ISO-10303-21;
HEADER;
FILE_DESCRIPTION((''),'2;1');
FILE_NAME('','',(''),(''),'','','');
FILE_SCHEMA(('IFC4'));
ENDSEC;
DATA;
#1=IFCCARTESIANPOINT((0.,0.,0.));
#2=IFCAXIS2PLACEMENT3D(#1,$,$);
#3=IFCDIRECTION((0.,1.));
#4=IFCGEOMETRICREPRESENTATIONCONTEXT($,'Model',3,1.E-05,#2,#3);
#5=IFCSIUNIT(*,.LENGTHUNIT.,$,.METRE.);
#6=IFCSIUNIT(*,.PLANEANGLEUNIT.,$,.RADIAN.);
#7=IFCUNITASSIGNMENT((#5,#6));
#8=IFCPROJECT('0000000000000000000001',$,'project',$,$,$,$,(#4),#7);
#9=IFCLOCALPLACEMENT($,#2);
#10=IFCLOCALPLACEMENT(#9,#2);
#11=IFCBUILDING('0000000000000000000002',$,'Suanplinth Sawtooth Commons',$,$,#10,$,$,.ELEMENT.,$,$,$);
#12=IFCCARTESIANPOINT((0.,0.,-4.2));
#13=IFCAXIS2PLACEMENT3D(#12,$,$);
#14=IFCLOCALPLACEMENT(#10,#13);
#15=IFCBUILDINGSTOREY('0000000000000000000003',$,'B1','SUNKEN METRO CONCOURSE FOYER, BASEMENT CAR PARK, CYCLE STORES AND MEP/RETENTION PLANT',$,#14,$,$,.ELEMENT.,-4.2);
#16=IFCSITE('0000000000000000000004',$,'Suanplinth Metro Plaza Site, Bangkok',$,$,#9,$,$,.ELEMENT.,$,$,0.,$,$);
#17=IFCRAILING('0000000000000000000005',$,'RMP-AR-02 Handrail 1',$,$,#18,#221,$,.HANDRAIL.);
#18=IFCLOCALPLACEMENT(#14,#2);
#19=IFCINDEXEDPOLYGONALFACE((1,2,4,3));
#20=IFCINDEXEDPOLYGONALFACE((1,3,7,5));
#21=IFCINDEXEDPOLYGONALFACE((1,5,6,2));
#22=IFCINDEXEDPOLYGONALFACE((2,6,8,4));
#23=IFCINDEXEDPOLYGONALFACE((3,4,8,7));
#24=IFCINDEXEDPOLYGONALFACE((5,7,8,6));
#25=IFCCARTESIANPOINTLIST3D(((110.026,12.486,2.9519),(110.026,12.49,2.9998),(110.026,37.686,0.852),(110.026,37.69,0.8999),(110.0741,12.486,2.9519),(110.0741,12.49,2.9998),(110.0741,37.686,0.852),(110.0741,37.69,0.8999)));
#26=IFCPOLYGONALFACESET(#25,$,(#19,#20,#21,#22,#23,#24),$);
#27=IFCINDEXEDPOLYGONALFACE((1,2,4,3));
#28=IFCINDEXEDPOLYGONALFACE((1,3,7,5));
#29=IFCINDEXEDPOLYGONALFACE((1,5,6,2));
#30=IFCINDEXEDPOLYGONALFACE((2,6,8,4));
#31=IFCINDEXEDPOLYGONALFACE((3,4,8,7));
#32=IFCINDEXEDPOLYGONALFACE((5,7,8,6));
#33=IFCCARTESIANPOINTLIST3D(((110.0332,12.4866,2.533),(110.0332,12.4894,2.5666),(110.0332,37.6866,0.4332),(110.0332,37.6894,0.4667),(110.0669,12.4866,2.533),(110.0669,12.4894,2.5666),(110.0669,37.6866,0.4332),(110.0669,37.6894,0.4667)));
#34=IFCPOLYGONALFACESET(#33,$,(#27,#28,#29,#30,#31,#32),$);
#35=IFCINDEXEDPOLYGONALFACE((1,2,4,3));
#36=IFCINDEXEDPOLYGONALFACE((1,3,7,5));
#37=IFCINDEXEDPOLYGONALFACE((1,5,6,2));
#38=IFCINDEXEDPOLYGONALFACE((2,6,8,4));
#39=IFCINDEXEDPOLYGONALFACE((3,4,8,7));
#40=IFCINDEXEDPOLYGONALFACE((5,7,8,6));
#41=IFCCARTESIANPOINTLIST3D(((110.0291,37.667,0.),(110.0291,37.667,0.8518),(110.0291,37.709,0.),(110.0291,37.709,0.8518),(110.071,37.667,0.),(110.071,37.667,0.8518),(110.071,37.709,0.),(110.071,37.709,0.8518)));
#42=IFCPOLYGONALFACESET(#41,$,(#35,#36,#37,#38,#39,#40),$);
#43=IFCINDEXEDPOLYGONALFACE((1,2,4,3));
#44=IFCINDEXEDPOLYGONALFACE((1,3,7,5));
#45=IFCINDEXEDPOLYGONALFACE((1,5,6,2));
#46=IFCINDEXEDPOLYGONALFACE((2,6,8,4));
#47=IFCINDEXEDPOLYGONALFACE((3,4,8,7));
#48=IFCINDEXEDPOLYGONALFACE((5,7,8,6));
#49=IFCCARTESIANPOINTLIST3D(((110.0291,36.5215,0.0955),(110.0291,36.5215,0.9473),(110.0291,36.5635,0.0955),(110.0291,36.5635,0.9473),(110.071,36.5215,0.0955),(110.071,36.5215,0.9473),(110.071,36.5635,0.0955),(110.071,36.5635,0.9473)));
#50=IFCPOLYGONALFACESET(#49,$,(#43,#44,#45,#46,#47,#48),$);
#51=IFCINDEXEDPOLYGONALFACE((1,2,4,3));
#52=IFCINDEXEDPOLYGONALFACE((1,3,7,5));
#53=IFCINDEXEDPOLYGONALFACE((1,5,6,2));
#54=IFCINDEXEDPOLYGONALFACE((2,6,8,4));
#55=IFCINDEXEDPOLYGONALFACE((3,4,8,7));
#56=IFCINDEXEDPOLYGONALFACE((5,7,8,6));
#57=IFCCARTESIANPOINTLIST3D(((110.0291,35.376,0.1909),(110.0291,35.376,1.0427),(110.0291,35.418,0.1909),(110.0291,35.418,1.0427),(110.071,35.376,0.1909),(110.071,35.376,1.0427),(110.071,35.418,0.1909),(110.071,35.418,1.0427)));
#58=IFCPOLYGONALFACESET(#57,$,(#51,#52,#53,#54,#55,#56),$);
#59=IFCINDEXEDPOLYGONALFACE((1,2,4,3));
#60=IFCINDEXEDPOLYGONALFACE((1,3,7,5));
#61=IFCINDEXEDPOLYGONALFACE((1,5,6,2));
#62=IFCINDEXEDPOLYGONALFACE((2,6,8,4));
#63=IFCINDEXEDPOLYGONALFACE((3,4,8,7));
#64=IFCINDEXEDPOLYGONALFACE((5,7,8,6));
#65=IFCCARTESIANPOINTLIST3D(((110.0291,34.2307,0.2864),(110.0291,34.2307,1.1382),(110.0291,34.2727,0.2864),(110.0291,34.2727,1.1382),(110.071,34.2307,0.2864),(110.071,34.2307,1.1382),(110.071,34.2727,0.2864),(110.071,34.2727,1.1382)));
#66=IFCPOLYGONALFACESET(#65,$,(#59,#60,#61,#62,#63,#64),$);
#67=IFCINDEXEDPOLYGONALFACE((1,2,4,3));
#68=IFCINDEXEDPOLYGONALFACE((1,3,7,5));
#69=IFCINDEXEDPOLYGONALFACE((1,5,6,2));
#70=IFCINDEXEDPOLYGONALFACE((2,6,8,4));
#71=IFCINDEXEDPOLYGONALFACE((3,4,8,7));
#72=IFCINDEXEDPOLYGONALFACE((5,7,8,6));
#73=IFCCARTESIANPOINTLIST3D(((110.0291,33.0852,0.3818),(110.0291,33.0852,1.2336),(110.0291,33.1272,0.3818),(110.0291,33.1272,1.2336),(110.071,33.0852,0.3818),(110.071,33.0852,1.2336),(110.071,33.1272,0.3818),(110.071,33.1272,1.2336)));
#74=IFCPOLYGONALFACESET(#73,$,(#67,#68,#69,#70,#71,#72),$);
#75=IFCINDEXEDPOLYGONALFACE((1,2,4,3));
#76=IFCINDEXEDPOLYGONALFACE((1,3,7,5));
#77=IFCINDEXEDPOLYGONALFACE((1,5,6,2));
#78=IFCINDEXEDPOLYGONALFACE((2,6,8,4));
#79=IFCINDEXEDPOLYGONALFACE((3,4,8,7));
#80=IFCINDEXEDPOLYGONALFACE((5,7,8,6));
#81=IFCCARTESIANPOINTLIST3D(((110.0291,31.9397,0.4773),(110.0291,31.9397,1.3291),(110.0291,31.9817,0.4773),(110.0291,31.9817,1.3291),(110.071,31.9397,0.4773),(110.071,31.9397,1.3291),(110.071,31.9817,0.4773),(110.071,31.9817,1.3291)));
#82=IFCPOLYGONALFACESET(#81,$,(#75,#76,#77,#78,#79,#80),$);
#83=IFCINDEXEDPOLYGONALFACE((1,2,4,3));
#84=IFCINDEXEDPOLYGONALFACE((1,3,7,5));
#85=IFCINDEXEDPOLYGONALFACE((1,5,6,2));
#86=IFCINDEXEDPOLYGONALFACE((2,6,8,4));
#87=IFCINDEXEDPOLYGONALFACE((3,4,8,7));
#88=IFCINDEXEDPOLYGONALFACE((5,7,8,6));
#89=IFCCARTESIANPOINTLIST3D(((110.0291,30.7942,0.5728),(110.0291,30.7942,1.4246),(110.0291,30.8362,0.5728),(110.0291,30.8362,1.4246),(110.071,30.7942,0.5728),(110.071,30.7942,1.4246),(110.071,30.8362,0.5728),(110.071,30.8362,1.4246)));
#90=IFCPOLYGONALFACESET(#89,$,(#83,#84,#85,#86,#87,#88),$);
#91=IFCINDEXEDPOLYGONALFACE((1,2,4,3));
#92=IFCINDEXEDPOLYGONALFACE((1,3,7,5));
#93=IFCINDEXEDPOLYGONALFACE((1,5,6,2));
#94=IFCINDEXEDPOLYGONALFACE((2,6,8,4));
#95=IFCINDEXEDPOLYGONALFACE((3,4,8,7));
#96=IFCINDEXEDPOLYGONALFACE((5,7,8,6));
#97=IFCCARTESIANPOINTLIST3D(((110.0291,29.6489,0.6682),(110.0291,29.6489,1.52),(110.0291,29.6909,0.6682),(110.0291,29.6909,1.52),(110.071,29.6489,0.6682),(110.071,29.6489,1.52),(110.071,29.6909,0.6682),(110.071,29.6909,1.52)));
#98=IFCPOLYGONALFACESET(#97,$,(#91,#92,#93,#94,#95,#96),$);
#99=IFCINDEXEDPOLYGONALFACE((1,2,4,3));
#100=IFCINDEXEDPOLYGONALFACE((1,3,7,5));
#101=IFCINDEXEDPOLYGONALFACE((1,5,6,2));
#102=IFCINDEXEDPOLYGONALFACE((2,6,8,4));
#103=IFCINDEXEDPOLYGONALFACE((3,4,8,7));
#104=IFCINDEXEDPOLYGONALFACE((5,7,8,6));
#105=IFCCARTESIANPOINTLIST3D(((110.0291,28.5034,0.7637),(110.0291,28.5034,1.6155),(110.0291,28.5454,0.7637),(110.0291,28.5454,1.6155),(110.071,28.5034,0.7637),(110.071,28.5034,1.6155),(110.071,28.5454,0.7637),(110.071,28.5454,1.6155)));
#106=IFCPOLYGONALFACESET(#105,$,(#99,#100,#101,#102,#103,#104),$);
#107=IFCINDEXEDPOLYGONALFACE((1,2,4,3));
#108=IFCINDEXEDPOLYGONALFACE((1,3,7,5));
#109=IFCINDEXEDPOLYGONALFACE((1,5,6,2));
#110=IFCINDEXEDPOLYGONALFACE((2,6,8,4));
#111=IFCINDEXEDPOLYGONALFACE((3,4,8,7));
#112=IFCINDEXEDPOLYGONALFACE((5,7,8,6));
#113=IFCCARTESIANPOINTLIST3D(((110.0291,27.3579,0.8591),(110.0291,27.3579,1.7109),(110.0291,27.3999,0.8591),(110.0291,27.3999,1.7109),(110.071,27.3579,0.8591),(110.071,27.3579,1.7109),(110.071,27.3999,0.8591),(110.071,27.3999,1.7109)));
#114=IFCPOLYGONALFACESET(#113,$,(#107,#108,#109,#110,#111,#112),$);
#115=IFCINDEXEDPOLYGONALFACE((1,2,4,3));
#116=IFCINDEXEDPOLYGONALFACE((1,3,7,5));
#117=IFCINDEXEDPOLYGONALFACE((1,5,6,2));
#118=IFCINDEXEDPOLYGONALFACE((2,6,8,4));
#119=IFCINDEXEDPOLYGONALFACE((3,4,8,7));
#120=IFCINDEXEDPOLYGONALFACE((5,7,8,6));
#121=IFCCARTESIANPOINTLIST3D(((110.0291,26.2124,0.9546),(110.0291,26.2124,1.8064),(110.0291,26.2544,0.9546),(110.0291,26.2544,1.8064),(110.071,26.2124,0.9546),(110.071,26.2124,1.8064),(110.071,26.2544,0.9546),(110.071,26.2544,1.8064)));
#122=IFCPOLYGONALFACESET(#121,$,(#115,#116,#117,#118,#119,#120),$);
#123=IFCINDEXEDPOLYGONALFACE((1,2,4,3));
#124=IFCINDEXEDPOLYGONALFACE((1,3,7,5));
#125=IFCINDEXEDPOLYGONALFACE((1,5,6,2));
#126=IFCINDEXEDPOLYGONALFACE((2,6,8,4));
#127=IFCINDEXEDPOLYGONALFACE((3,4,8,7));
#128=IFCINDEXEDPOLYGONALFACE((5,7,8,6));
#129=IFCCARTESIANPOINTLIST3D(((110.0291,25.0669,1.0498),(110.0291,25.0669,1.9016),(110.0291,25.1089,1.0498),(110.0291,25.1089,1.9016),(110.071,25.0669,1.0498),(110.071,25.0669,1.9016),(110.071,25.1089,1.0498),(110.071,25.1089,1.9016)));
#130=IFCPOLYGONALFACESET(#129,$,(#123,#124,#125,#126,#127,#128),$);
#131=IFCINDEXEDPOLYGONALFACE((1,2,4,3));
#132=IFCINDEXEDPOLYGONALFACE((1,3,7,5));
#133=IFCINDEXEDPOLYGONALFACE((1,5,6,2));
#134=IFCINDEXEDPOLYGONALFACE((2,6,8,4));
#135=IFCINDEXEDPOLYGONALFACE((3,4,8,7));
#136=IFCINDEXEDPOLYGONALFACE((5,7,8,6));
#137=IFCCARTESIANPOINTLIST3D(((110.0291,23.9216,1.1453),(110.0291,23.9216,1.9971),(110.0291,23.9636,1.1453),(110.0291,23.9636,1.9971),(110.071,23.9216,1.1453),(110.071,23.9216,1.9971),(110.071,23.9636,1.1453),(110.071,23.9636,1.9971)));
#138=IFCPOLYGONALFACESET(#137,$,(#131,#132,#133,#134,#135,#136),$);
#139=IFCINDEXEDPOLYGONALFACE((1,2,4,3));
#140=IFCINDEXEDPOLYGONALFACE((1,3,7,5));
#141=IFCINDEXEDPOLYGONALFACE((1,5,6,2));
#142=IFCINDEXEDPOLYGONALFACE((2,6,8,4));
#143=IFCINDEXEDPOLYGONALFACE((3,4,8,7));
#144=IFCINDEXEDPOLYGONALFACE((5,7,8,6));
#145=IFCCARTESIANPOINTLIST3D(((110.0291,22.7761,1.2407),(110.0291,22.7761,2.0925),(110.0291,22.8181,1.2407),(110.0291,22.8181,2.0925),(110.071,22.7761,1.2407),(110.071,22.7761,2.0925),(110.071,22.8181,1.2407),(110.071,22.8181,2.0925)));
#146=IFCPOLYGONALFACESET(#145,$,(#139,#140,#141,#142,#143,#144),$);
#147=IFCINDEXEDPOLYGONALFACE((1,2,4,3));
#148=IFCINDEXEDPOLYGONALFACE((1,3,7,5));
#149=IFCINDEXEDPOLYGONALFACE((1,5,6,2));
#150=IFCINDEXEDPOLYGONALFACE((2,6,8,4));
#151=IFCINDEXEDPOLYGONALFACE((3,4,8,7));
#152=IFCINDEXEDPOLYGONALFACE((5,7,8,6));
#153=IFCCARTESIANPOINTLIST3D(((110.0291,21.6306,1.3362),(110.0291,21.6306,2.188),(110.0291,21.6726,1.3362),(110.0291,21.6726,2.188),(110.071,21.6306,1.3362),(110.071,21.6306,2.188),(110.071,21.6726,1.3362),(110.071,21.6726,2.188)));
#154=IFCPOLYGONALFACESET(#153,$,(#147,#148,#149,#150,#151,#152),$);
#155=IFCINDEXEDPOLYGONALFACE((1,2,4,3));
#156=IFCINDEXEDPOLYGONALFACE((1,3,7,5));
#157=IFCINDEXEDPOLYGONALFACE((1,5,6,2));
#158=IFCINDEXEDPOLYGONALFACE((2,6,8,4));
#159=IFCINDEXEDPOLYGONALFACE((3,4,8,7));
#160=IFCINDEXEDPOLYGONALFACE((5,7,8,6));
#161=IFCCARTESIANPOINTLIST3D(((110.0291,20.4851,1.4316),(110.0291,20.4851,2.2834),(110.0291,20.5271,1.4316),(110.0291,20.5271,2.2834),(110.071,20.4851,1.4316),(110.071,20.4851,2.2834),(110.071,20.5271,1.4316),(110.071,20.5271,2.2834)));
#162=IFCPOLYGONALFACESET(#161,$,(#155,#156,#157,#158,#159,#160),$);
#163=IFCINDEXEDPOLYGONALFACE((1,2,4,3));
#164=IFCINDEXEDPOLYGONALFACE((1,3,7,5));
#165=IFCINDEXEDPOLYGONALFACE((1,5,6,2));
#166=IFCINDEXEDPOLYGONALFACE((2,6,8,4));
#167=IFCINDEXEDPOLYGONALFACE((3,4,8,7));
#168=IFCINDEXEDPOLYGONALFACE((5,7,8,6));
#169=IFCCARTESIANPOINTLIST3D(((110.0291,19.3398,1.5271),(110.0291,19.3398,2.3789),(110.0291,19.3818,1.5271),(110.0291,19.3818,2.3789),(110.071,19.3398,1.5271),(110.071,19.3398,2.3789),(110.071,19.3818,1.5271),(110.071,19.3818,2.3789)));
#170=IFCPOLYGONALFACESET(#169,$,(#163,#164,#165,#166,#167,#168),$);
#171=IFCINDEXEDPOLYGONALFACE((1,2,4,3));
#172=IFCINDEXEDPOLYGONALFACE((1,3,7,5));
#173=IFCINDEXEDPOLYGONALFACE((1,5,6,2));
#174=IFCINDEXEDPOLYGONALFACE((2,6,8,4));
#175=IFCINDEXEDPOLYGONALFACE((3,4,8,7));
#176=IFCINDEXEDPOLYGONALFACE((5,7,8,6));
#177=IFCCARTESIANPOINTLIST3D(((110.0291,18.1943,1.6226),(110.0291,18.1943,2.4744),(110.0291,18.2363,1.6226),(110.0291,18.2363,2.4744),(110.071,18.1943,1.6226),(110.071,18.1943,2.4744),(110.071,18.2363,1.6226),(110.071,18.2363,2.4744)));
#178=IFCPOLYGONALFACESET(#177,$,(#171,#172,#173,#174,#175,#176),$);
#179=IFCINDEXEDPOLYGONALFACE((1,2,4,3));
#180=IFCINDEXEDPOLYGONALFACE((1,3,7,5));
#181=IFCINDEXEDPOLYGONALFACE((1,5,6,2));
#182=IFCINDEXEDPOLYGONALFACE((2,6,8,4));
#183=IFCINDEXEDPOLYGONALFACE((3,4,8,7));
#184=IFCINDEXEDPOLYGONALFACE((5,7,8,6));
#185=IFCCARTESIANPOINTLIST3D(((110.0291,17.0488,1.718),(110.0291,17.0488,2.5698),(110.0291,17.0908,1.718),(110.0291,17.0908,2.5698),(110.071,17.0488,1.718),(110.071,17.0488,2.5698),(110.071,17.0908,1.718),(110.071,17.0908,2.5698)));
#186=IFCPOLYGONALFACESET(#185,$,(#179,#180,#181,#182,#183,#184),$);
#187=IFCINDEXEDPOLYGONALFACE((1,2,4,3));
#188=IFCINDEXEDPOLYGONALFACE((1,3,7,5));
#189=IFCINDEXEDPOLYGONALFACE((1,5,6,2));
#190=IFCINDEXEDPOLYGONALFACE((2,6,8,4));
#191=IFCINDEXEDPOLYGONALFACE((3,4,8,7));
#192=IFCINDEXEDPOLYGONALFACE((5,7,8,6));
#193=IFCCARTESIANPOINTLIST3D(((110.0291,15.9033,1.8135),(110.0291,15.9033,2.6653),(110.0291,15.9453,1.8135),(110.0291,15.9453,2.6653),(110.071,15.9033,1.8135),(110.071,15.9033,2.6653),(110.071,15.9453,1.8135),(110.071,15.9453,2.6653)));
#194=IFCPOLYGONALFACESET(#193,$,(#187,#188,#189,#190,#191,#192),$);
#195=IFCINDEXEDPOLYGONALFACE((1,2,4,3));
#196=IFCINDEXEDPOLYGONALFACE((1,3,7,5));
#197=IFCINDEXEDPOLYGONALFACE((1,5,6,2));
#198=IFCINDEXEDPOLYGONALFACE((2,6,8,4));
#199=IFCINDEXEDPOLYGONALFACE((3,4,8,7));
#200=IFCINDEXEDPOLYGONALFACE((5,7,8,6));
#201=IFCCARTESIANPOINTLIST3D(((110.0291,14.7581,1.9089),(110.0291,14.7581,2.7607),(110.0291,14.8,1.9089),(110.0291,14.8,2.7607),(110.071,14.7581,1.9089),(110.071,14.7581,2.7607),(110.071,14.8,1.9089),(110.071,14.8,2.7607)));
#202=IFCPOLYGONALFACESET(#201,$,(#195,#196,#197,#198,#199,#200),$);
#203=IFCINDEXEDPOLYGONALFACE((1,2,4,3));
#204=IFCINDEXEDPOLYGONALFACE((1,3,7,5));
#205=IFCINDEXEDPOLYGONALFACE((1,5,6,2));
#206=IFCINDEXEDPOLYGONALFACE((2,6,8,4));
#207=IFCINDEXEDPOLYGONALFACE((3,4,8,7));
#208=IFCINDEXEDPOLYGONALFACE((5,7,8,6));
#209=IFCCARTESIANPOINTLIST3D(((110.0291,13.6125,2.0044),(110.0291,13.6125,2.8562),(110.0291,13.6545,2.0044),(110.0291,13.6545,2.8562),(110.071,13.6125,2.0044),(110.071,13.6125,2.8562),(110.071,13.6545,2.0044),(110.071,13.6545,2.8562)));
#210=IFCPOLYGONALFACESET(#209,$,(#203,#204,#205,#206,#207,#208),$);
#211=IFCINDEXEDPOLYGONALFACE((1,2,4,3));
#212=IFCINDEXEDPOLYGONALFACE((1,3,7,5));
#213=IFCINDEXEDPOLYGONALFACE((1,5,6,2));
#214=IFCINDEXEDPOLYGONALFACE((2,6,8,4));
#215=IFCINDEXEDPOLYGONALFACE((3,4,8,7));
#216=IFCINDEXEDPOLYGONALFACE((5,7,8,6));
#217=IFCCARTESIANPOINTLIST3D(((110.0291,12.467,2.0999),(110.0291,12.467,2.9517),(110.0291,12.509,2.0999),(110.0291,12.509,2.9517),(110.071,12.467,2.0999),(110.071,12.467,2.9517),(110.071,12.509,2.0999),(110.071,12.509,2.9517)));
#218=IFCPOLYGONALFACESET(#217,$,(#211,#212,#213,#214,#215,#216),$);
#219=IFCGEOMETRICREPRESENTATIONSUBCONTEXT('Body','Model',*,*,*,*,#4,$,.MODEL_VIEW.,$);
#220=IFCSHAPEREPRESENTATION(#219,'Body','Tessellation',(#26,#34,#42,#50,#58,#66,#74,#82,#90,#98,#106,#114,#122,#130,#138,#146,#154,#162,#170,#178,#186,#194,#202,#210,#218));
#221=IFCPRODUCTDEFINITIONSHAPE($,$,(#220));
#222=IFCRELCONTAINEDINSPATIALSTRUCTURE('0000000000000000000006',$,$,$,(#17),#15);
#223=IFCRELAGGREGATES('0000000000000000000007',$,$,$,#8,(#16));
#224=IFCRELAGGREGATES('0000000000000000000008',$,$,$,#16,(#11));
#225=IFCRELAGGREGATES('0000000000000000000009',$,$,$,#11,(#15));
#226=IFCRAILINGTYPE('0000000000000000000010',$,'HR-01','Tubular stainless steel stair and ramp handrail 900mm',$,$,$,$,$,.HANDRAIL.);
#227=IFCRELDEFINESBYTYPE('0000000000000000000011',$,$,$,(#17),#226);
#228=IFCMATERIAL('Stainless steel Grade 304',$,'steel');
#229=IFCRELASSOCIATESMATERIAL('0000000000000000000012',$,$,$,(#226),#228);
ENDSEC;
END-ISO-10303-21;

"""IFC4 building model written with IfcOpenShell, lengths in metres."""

from ifc_helpers import new_model, si_unit, direction, frame, origin, origin_2d, place, context, subcontext, project, spatial, rectangle, extrude, material, type_object, element, save


model = new_model("IFC4")

# Units and contexts
model_context = context("Model", 3, precision=1e-05, world=origin(), true_north=direction((0.0, 1.0)))
body_context = subcontext(model_context, "Body", "Model", "MODEL_VIEW")
ifc_project = project(units=[si_unit("LENGTHUNIT", "METRE"), si_unit("PLANEANGLEUNIT", "RADIAN")], contexts=[model_context])

# Site, building, storey
site_placement = place(None, origin())
site = spatial("IfcSite", under=ifc_project, at=site_placement, Name="Suanplinth Metro Plaza Site, Bangkok", CompositionType="ELEMENT", RefElevation=0.0)
building_placement = place(site_placement, origin())
building = spatial("IfcBuilding", under=site, at=building_placement, Name="Suanplinth Sawtooth Commons", CompositionType="ELEMENT")
storey_placement = place(building_placement, frame((0.0, 0.0, -4.2)))
storey = spatial("IfcBuildingStorey", under=building, at=storey_placement, Name="B1", Description="SUNKEN METRO CONCOURSE FOYER, BASEMENT CAR PARK, CYCLE STORES AND MEP/RETENTION PLANT", CompositionType="ELEMENT", Elevation=-4.2)

# Railing
ifc_material_1 = material(Name="Stainless steel Grade 304", Category="steel")
railing_type_1 = type_object("IfcRailingType", Name="HR-01", Description="Tubular stainless steel stair and ramp handrail 900mm", PredefinedType="HANDRAIL", material=ifc_material_1)
railing_1_placement = place(storey_placement, frame((110.05, 37.688, 0.0)))
element("IfcRailing", 1, at=railing_1_placement, inside=storey, type_object=railing_type_1, Name="RMP-AR-02 Handrail 1", PredefinedType="HANDRAIL", context=body_context, shape_type="SweptSolid", body=[
    extrude(rectangle(XDim=0.0481, YDim=0.0481, at=origin_2d()), frame((0.0, 0.0, 0.876), z_axis=(0.0, -0.996546, 0.08304), x_axis=(1.0, 0.0, 0.0)), (0.0, 0.0, 1.0), 25.2874),
    extrude(rectangle(XDim=0.0337, YDim=0.0337, at=origin_2d()), frame((0.0, 0.0, 0.45), z_axis=(0.0, -0.996546, 0.08304), x_axis=(1.0, 0.0, 0.0)), (0.0, 0.0, 1.0), 25.2874),
    extrude(rectangle(XDim=0.042, YDim=0.042, at=origin_2d()), origin(), (0.0, 0.0, 1.0), 0.8518),
    extrude(rectangle(XDim=0.042, YDim=0.042, at=origin_2d()), frame((0.0, -1.1455, 0.0955)), (0.0, 0.0, 1.0), 0.8518),
    extrude(rectangle(XDim=0.042, YDim=0.042, at=origin_2d()), frame((0.0, -2.291, 0.1909)), (0.0, 0.0, 1.0), 0.8518),
    extrude(rectangle(XDim=0.042, YDim=0.042, at=origin_2d()), frame((0.0, -3.4363, 0.2864)), (0.0, 0.0, 1.0), 0.8518),
    extrude(rectangle(XDim=0.042, YDim=0.042, at=origin_2d()), frame((0.0, -4.5818, 0.3818)), (0.0, 0.0, 1.0), 0.8518),
    extrude(rectangle(XDim=0.042, YDim=0.042, at=origin_2d()), frame((0.0, -5.7273, 0.4773)), (0.0, 0.0, 1.0), 0.8518),
    extrude(rectangle(XDim=0.042, YDim=0.042, at=origin_2d()), frame((0.0, -6.8728, 0.5728)), (0.0, 0.0, 1.0), 0.8518),
    extrude(rectangle(XDim=0.042, YDim=0.042, at=origin_2d()), frame((0.0, -8.0181, 0.6682)), (0.0, 0.0, 1.0), 0.8518),
    extrude(rectangle(XDim=0.042, YDim=0.042, at=origin_2d()), frame((0.0, -9.1636, 0.7637)), (0.0, 0.0, 1.0), 0.8518),
    extrude(rectangle(XDim=0.042, YDim=0.042, at=origin_2d()), frame((0.0, -10.3091, 0.8591)), (0.0, 0.0, 1.0), 0.8518),
    extrude(rectangle(XDim=0.042, YDim=0.042, at=origin_2d()), frame((0.0, -11.4546, 0.9546)), (0.0, 0.0, 1.0), 0.8518),
    extrude(rectangle(XDim=0.042, YDim=0.042, at=origin_2d()), frame((0.0, -12.6001, 1.0498)), (0.0, 0.0, 1.0), 0.8518),
    extrude(rectangle(XDim=0.042, YDim=0.042, at=origin_2d()), frame((0.0, -13.7454, 1.1453)), (0.0, 0.0, 1.0), 0.8518),
    extrude(rectangle(XDim=0.042, YDim=0.042, at=origin_2d()), frame((0.0, -14.8909, 1.2407)), (0.0, 0.0, 1.0), 0.8518),
    extrude(rectangle(XDim=0.042, YDim=0.042, at=origin_2d()), frame((0.0, -16.0364, 1.3362)), (0.0, 0.0, 1.0), 0.8518),
    extrude(rectangle(XDim=0.042, YDim=0.042, at=origin_2d()), frame((0.0, -17.1819, 1.4316)), (0.0, 0.0, 1.0), 0.8518),
    extrude(rectangle(XDim=0.042, YDim=0.042, at=origin_2d()), frame((0.0, -18.3271, 1.5271)), (0.0, 0.0, 1.0), 0.8518),
    extrude(rectangle(XDim=0.042, YDim=0.042, at=origin_2d()), frame((0.0, -19.4727, 1.6226)), (0.0, 0.0, 1.0), 0.8518),
    extrude(rectangle(XDim=0.042, YDim=0.042, at=origin_2d()), frame((0.0, -20.6182, 1.718)), (0.0, 0.0, 1.0), 0.8518),
    extrude(rectangle(XDim=0.042, YDim=0.042, at=origin_2d()), frame((0.0, -21.7637, 1.8135)), (0.0, 0.0, 1.0), 0.8518),
    extrude(rectangle(XDim=0.042, YDim=0.042, at=origin_2d()), frame((0.0, -22.9089, 1.9089)), (0.0, 0.0, 1.0), 0.8518),
    extrude(rectangle(XDim=0.042, YDim=0.042, at=origin_2d()), frame((0.0, -24.0544, 2.0044)), (0.0, 0.0, 1.0), 0.8518),
    extrude(rectangle(XDim=0.042, YDim=0.042, at=origin_2d()), frame((0.0, -25.2, 2.0999)), (0.0, 0.0, 1.0), 0.8518),
])

save(model, "model.ifc")
